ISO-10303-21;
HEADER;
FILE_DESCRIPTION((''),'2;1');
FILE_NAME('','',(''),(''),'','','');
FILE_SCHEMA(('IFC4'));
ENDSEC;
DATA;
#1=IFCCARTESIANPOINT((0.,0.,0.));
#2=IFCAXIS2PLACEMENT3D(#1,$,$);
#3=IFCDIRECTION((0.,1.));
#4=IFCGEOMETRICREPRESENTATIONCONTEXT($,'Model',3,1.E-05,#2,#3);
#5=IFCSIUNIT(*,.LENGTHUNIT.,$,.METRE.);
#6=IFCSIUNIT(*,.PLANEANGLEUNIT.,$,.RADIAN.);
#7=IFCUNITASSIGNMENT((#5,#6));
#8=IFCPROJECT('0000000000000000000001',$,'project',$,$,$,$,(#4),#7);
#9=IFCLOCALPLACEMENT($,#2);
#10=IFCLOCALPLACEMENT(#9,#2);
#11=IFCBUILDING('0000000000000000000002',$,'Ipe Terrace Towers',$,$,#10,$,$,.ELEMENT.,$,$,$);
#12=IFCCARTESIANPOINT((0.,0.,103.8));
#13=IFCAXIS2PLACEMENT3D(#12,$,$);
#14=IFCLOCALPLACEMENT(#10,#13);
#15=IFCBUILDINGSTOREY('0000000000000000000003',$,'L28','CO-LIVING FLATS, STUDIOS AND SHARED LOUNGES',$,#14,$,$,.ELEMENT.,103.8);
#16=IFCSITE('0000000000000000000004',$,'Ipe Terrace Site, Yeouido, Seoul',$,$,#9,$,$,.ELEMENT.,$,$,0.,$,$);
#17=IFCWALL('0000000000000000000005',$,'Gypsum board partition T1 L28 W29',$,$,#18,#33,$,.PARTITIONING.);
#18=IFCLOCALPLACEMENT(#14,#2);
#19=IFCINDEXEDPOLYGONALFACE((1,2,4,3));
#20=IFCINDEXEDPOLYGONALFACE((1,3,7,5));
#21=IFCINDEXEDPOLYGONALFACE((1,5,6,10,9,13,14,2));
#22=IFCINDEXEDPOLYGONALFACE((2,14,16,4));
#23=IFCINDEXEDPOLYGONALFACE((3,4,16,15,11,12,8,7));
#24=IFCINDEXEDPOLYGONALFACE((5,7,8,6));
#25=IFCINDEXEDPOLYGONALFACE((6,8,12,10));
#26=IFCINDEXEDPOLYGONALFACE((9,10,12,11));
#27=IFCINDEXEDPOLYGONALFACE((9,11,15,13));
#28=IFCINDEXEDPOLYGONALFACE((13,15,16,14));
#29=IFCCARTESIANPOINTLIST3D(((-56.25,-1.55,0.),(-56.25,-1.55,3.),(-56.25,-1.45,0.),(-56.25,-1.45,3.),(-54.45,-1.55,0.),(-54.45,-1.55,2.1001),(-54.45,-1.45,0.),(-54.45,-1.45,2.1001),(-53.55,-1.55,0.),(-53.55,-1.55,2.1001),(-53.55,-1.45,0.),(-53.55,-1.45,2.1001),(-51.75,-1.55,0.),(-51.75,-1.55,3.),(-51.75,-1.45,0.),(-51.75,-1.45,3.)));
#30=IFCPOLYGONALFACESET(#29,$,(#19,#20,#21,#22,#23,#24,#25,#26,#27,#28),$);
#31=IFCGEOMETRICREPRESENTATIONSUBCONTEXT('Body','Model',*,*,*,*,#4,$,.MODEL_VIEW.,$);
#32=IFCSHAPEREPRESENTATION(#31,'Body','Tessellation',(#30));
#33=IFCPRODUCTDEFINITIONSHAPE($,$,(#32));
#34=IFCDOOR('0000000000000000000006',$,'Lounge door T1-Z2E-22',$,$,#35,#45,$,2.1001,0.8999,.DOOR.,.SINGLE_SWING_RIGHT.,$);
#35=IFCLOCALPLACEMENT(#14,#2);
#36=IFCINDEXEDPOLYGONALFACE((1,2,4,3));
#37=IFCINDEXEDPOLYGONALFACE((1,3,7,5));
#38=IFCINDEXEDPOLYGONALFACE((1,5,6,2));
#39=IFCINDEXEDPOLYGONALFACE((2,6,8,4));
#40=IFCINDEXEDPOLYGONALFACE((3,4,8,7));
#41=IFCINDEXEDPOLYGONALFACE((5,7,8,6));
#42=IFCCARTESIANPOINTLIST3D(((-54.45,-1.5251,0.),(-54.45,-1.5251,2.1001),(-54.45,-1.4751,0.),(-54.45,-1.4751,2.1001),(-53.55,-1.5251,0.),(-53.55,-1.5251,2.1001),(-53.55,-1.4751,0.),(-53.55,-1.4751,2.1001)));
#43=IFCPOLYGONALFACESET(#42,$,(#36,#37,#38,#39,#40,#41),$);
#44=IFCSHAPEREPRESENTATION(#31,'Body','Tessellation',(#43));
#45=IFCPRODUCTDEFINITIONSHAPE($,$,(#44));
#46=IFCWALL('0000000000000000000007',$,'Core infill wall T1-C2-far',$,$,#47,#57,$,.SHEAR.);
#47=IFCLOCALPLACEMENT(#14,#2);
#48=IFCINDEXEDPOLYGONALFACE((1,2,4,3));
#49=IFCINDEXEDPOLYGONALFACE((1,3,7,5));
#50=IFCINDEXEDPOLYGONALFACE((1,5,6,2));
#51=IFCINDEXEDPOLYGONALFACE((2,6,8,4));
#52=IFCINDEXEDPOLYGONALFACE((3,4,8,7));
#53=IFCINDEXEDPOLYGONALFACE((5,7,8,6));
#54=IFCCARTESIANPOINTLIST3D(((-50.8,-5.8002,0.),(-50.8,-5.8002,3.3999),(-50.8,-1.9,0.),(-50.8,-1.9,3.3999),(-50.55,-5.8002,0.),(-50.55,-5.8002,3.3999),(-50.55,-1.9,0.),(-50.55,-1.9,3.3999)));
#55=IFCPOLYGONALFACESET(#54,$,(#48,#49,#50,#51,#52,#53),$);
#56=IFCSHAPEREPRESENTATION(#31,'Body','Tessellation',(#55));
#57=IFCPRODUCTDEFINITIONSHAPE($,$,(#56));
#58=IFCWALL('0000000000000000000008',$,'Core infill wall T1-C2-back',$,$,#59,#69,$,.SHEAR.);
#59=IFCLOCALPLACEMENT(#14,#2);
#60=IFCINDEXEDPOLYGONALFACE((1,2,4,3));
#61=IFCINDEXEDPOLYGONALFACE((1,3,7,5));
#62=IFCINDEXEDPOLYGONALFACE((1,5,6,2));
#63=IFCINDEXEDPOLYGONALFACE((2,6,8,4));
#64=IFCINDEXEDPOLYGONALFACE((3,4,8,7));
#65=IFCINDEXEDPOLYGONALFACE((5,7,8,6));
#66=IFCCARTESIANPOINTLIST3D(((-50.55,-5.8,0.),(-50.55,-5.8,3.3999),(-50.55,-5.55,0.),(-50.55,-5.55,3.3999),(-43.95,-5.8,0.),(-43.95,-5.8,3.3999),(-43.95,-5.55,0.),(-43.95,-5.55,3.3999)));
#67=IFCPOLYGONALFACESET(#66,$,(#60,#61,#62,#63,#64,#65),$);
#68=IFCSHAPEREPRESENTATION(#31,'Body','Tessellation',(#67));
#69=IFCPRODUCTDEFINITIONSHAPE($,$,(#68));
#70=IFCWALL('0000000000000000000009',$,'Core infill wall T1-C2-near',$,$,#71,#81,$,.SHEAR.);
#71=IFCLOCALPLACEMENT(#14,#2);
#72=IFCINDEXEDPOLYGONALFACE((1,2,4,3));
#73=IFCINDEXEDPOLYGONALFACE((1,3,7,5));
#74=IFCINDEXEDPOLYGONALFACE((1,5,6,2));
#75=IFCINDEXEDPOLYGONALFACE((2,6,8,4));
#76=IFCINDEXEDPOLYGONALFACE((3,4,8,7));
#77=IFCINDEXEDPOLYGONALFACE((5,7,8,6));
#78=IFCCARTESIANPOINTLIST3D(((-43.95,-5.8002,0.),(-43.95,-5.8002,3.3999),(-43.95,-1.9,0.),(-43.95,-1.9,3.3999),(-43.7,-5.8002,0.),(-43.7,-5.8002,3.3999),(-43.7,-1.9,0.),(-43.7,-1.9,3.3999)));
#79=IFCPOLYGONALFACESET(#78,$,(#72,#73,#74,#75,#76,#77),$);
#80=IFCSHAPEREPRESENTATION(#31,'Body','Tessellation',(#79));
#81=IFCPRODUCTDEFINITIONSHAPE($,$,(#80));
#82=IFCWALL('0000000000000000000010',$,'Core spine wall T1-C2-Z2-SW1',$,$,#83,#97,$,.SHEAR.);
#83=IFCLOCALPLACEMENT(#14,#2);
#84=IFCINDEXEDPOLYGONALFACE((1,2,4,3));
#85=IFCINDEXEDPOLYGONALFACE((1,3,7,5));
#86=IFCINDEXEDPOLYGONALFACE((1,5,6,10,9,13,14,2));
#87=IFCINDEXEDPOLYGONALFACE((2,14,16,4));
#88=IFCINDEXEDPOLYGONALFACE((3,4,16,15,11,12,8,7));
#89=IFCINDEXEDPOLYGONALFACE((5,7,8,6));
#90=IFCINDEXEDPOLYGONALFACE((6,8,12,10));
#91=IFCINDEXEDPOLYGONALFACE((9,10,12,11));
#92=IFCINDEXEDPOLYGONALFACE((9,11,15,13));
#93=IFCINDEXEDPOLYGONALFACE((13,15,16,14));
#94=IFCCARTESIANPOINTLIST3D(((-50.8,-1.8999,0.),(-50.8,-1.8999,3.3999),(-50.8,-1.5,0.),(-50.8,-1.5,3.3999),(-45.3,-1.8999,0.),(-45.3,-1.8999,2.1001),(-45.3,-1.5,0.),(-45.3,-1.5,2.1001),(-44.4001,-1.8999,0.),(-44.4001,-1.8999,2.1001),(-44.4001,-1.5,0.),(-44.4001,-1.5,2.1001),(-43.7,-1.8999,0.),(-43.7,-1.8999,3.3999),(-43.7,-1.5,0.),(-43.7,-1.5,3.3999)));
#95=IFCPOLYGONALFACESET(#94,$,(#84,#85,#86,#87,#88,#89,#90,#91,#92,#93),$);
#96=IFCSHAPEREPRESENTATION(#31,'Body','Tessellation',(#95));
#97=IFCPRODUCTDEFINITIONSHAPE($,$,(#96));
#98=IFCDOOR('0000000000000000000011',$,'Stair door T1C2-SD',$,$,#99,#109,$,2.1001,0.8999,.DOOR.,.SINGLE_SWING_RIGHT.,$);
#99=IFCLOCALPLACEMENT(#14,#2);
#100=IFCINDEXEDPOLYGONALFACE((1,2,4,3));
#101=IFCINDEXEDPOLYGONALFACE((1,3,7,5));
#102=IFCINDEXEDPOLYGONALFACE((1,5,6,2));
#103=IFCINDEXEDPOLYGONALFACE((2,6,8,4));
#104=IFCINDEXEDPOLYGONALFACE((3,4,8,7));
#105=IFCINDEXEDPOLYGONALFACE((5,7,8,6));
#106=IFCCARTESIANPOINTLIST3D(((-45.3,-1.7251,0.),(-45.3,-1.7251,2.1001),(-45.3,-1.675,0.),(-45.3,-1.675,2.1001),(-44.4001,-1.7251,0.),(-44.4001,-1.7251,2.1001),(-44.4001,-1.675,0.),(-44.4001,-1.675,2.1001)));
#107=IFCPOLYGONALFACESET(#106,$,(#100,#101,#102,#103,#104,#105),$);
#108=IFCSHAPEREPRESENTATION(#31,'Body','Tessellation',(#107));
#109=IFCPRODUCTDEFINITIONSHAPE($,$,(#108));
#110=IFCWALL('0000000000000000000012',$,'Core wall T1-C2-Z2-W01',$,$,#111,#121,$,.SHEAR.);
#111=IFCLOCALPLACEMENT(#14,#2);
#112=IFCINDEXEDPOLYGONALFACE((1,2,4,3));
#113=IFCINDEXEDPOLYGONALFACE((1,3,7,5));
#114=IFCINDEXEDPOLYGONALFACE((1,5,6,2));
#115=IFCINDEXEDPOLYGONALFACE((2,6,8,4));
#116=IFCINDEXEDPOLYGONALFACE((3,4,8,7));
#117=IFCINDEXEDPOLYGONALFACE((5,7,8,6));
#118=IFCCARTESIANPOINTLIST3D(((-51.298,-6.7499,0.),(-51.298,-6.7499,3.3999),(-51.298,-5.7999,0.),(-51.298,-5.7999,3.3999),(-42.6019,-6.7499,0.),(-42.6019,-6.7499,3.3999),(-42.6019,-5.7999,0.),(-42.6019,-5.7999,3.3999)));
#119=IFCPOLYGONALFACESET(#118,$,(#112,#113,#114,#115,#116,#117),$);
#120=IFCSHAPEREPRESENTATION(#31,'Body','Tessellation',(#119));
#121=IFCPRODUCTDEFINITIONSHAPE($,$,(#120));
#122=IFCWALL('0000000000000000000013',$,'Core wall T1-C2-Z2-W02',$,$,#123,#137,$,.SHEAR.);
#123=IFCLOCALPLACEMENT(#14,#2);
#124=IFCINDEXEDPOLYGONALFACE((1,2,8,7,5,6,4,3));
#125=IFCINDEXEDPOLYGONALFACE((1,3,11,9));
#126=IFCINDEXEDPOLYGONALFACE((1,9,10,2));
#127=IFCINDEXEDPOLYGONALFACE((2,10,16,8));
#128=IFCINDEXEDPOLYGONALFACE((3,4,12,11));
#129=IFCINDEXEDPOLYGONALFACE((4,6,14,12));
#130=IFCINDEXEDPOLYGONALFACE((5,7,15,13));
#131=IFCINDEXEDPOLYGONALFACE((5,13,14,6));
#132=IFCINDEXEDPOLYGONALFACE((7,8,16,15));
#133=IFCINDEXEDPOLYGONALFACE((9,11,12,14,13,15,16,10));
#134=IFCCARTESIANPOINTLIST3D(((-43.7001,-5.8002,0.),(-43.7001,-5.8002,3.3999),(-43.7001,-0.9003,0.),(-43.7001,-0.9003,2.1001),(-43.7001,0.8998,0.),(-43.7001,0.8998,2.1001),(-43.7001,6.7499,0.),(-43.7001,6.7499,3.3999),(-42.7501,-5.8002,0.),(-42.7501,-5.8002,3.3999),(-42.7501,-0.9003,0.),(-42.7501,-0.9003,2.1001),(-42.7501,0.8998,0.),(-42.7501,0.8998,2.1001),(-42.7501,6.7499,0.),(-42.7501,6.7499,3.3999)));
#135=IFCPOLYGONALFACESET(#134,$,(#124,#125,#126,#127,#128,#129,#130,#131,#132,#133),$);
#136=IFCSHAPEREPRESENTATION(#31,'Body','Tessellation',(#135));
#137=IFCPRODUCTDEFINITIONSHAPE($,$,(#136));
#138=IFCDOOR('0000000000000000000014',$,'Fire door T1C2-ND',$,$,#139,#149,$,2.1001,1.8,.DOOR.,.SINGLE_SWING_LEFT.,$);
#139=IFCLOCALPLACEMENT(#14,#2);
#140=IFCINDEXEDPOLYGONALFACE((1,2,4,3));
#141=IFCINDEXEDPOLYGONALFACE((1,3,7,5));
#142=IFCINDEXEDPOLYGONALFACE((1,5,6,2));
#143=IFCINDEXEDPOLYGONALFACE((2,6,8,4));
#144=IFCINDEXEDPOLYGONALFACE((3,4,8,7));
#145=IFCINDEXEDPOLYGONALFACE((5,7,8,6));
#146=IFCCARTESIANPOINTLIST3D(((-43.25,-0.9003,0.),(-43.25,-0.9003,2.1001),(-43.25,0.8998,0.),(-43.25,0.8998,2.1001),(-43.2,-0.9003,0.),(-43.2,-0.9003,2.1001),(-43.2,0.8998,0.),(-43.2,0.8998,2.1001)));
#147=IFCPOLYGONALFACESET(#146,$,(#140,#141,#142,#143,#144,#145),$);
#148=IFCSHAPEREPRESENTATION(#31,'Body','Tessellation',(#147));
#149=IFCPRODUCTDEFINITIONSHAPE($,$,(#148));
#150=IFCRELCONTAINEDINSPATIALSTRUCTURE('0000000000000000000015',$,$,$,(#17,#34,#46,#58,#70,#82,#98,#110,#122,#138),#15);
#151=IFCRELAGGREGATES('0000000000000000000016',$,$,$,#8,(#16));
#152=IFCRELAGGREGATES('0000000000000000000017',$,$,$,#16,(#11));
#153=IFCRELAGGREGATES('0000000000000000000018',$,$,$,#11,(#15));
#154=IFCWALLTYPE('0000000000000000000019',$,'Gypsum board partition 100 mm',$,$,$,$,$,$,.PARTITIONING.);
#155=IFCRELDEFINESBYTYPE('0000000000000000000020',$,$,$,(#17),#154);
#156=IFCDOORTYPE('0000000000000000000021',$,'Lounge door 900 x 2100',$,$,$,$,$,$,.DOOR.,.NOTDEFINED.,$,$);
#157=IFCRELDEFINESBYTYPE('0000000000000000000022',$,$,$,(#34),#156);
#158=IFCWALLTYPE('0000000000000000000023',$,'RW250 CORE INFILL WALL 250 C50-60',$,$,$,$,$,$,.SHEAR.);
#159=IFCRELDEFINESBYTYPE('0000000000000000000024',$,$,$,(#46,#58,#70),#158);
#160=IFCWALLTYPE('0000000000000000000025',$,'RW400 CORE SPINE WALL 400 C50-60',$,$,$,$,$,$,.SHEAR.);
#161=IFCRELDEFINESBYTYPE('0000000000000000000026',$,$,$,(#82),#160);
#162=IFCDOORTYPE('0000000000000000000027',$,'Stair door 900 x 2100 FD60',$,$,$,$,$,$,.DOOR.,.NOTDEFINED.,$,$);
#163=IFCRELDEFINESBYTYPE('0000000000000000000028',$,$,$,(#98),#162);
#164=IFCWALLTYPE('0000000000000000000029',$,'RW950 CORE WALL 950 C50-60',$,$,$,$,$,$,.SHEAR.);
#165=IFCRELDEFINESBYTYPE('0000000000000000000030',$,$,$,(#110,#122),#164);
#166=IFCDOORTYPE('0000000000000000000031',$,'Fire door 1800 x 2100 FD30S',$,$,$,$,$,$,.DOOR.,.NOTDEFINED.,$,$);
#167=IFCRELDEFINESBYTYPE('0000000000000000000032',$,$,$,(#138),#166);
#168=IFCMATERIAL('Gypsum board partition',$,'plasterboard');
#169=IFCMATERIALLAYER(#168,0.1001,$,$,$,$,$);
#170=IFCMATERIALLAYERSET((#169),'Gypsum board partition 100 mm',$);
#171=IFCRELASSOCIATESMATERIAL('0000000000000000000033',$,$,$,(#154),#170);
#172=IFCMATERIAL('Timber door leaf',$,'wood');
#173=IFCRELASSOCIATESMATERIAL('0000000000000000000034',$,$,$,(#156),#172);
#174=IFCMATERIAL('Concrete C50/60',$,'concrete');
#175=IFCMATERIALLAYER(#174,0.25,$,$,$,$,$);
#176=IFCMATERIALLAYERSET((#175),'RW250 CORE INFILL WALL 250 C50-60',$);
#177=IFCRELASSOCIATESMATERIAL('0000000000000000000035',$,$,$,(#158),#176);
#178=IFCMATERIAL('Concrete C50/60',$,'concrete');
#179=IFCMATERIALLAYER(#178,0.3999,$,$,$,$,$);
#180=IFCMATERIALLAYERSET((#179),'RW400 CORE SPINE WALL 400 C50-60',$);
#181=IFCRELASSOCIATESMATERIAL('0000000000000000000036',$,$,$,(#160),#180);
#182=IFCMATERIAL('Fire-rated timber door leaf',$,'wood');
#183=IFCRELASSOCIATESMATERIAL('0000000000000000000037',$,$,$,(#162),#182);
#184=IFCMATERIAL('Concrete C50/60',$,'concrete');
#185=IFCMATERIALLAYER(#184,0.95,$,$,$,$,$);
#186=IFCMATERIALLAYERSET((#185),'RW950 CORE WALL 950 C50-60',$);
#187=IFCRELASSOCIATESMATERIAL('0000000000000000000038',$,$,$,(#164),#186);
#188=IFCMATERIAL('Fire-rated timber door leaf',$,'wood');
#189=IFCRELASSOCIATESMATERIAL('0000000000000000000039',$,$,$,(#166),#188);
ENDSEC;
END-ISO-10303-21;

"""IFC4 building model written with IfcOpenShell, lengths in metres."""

from ifc_helpers import new_model, si_unit, direction, frame, frame_2d, origin, place, context, subcontext, project, spatial, rectangle, extrude, material, layer, layer_set, type_object, element, fill, save


model = new_model("IFC4")

# Units and contexts
model_context = context("Model", 3, precision=1e-05, world=origin(), true_north=direction((0.0, 1.0)))
body_context = subcontext(model_context, "Body", "Model", "MODEL_VIEW")
ifc_project = project(units=[si_unit("LENGTHUNIT", "METRE"), si_unit("PLANEANGLEUNIT", "RADIAN")], contexts=[model_context])

# Site, building, storey
site_placement = place(None, origin())
site = spatial("IfcSite", under=ifc_project, at=site_placement, Name="Ipe Terrace Site, Yeouido, Seoul", CompositionType="ELEMENT", RefElevation=0.0)
building_placement = place(site_placement, origin())
building = spatial("IfcBuilding", under=site, at=building_placement, Name="Ipe Terrace Towers", CompositionType="ELEMENT")
storey_placement = place(building_placement, frame((0.0, 0.0, 103.8)))
storey = spatial("IfcBuildingStorey", under=building, at=storey_placement, Name="L28", Description="CO-LIVING FLATS, STUDIOS AND SHARED LOUNGES", CompositionType="ELEMENT", Elevation=103.8)

# Wall, opening, door
ifc_material_1 = material(Name="Gypsum board partition", Category="plasterboard")
ifc_layer_1 = layer(ifc_material_1, 0.1001)
ifc_layer_set_1 = layer_set([ifc_layer_1], Name="Gypsum board partition 100 mm")
wall_type_1 = type_object("IfcWallType", Name="Gypsum board partition 100 mm", PredefinedType="PARTITIONING", material=ifc_layer_set_1)
wall_1_placement = place(storey_placement, frame((-56.25, -1.5, 0.0), z_axis=(0.0, 0.0, 1.0), x_axis=(1.0, 0.0, 0.0)))
wall_1 = element("IfcWall", 1, at=wall_1_placement, inside=storey, type_object=wall_type_1, Name="Gypsum board partition T1 L28 W29", PredefinedType="PARTITIONING", context=body_context, shape_type="SweptSolid", body=[
    extrude(rectangle(XDim=4.5, YDim=0.1001, at=frame_2d((2.25, 0.0))), origin(), (0.0, 0.0, 1.0), 3.0),
])
opening_1_placement = place(wall_1_placement, frame((1.8, 0.0, 0.0)))
opening_1 = element("IfcOpeningElement", 2, at=opening_1_placement, cuts=wall_1, PredefinedType="OPENING", context=body_context, shape_type="SweptSolid", body=[
    extrude(rectangle(XDim=0.8999, YDim=2.1001, at=frame_2d((0.45, 1.05))), frame((0.0, 0.0601, 0.0), z_axis=(0.0, -1.0, 0.0), x_axis=(1.0, 0.0, 0.0)), (0.0, 0.0, 1.0), 0.1201),
])
ifc_material_2 = material(Name="Timber door leaf", Category="wood")
door_type_1 = type_object("IfcDoorType", Name="Lounge door 900 x 2100", OperationType="NOTDEFINED", PredefinedType="DOOR", material=ifc_material_2)
door_1_placement = place(opening_1_placement, origin())
door_1 = element("IfcDoor", 3, at=door_1_placement, inside=storey, type_object=door_type_1, Name="Lounge door T1-Z2E-22", OperationType="SINGLE_SWING_RIGHT", OverallHeight=2.1001, OverallWidth=0.8999, PredefinedType="DOOR", context=body_context, shape_type="SweptSolid", body=[
    extrude(rectangle(XDim=0.8999, YDim=2.1001, at=frame_2d((0.45, 1.05))), frame((0.0, 0.0249, 0.0), z_axis=(0.0, -1.0, 0.0), x_axis=(1.0, 0.0, 0.0)), (0.0, 0.0, 1.0), 0.05),
])
fill(opening_1, door_1)

# Walls
ifc_material_3 = material(Name="Concrete C50/60", Category="concrete")
ifc_layer_2 = layer(ifc_material_3, 0.25)
ifc_layer_set_2 = layer_set([ifc_layer_2], Name="RW250 CORE INFILL WALL 250 C50-60")
wall_type_2 = type_object("IfcWallType", Name="RW250 CORE INFILL WALL 250 C50-60", PredefinedType="SHEAR", material=ifc_layer_set_2)
wall_2_placement = place(storey_placement, frame((-50.675, -1.8999, 0.0), z_axis=(0.0, 0.0, 1.0), x_axis=(0.0, -1.0, 0.0)))
element("IfcWall", 4, at=wall_2_placement, inside=storey, type_object=wall_type_2, Name="Core infill wall T1-C2-far", PredefinedType="SHEAR", context=body_context, shape_type="SweptSolid", body=[
    extrude(rectangle(XDim=3.9001, YDim=0.25, at=frame_2d((1.9502, 0.0))), origin(), (0.0, 0.0, 1.0), 3.3999),
])
wall_3_placement = place(storey_placement, frame((-43.95, -5.675, 0.0), z_axis=(0.0, 0.0, 1.0), x_axis=(-1.0, 0.0, 0.0)))
element("IfcWall", 5, at=wall_3_placement, inside=storey, type_object=wall_type_2, Name="Core infill wall T1-C2-back", PredefinedType="SHEAR", context=body_context, shape_type="SweptSolid", body=[
    extrude(rectangle(XDim=6.6001, YDim=0.25, at=frame_2d((3.3, 0.0))), origin(), (0.0, 0.0, 1.0), 3.3999),
])
wall_4_placement = place(storey_placement, frame((-43.825, -1.8999, 0.0), z_axis=(0.0, 0.0, 1.0), x_axis=(0.0, -1.0, 0.0)))
element("IfcWall", 6, at=wall_4_placement, inside=storey, type_object=wall_type_2, Name="Core infill wall T1-C2-near", PredefinedType="SHEAR", context=body_context, shape_type="SweptSolid", body=[
    extrude(rectangle(XDim=3.9001, YDim=0.25, at=frame_2d((1.9502, 0.0))), origin(), (0.0, 0.0, 1.0), 3.3999),
])

# Wall, opening, door
ifc_material_4 = material(Name="Concrete C50/60", Category="concrete")
ifc_layer_3 = layer(ifc_material_4, 0.3999)
ifc_layer_set_3 = layer_set([ifc_layer_3], Name="RW400 CORE SPINE WALL 400 C50-60")
wall_type_3 = type_object("IfcWallType", Name="RW400 CORE SPINE WALL 400 C50-60", PredefinedType="SHEAR", material=ifc_layer_set_3)
wall_5_placement = place(storey_placement, frame((-50.8, -1.7, 0.0), z_axis=(0.0, 0.0, 1.0), x_axis=(1.0, 0.0, 0.0)))
wall_5 = element("IfcWall", 7, at=wall_5_placement, inside=storey, type_object=wall_type_3, Name="Core spine wall T1-C2-Z2-SW1", PredefinedType="SHEAR", context=body_context, shape_type="SweptSolid", body=[
    extrude(rectangle(XDim=7.1001, YDim=0.3999, at=frame_2d((3.55, 0.0))), origin(), (0.0, 0.0, 1.0), 3.3999),
])
opening_2_placement = place(wall_5_placement, frame((5.5, 0.0, 0.0)))
opening_2 = element("IfcOpeningElement", 8, at=opening_2_placement, cuts=wall_5, PredefinedType="OPENING", context=body_context, shape_type="SweptSolid", body=[
    extrude(rectangle(XDim=0.8999, YDim=2.1001, at=frame_2d((0.45, 1.05))), frame((0.0, 0.21, 0.0), z_axis=(0.0, -1.0, 0.0), x_axis=(1.0, 0.0, 0.0)), (0.0, 0.0, 1.0), 0.4199),
])
ifc_material_5 = material(Name="Fire-rated timber door leaf", Category="wood")
door_type_2 = type_object("IfcDoorType", Name="Stair door 900 x 2100 FD60", OperationType="NOTDEFINED", PredefinedType="DOOR", material=ifc_material_5)
door_2_placement = place(opening_2_placement, origin())
door_2 = element("IfcDoor", 9, at=door_2_placement, inside=storey, type_object=door_type_2, Name="Stair door T1C2-SD", OperationType="SINGLE_SWING_RIGHT", OverallHeight=2.1001, OverallWidth=0.8999, PredefinedType="DOOR", context=body_context, shape_type="SweptSolid", body=[
    extrude(rectangle(XDim=0.8999, YDim=2.1001, at=frame_2d((0.45, 1.05))), frame((0.0, 0.0249, 0.0), z_axis=(0.0, -1.0, 0.0), x_axis=(1.0, 0.0, 0.0)), (0.0, 0.0, 1.0), 0.05),
])
fill(opening_2, door_2)

# Wall
ifc_material_6 = material(Name="Concrete C50/60", Category="concrete")
ifc_layer_4 = layer(ifc_material_6, 0.95)
ifc_layer_set_4 = layer_set([ifc_layer_4], Name="RW950 CORE WALL 950 C50-60")
wall_type_4 = type_object("IfcWallType", Name="RW950 CORE WALL 950 C50-60", PredefinedType="SHEAR", material=ifc_layer_set_4)
wall_6_placement = place(storey_placement, frame((-51.2981, -6.2749, 0.0), z_axis=(0.0, 0.0, 1.0), x_axis=(1.0, 0.0, 0.0)))
element("IfcWall", 10, at=wall_6_placement, inside=storey, type_object=wall_type_4, Name="Core wall T1-C2-Z2-W01", PredefinedType="SHEAR", context=body_context, shape_type="SweptSolid", body=[
    extrude(rectangle(XDim=8.696, YDim=0.95, at=frame_2d((4.3481, 0.0))), origin(), (0.0, 0.0, 1.0), 3.3999),
])

# Wall, opening, door
wall_7_placement = place(storey_placement, frame((-43.2251, -5.8, 0.0), z_axis=(0.0, 0.0, 1.0), x_axis=(0.0, 1.0, 0.0)))
wall_7 = element("IfcWall", 11, at=wall_7_placement, inside=storey, type_object=wall_type_4, Name="Core wall T1-C2-Z2-W02", PredefinedType="SHEAR", context=body_context, shape_type="SweptSolid", body=[
    extrude(rectangle(XDim=12.55, YDim=0.95, at=frame_2d((6.2749, 0.0))), origin(), (0.0, 0.0, 1.0), 3.3999),
])
opening_3_placement = place(wall_7_placement, frame((4.8999, 0.0, 0.0)))
opening_3 = element("IfcOpeningElement", 12, at=opening_3_placement, cuts=wall_7, PredefinedType="OPENING", context=body_context, shape_type="SweptSolid", body=[
    extrude(rectangle(XDim=1.8, YDim=2.1001, at=frame_2d((0.8999, 1.05))), frame((0.0, 0.4849, 0.0), z_axis=(0.0, -1.0, 0.0), x_axis=(1.0, 0.0, 0.0)), (0.0, 0.0, 1.0), 0.97),
])
ifc_material_7 = material(Name="Fire-rated timber door leaf", Category="wood")
door_type_3 = type_object("IfcDoorType", Name="Fire door 1800 x 2100 FD30S", OperationType="NOTDEFINED", PredefinedType="DOOR", material=ifc_material_7)
door_3_placement = place(opening_3_placement, origin())
door_3 = element("IfcDoor", 13, at=door_3_placement, inside=storey, type_object=door_type_3, Name="Fire door T1C2-ND", OperationType="SINGLE_SWING_LEFT", OverallHeight=2.1001, OverallWidth=1.8, PredefinedType="DOOR", context=body_context, shape_type="SweptSolid", body=[
    extrude(rectangle(XDim=1.8, YDim=2.1001, at=frame_2d((0.8999, 1.05))), frame((0.0, 0.0249, 0.0), z_axis=(0.0, -1.0, 0.0), x_axis=(1.0, 0.0, 0.0)), (0.0, 0.0, 1.0), 0.05),
])
fill(opening_3, door_3)

save(model, "model.ifc")
